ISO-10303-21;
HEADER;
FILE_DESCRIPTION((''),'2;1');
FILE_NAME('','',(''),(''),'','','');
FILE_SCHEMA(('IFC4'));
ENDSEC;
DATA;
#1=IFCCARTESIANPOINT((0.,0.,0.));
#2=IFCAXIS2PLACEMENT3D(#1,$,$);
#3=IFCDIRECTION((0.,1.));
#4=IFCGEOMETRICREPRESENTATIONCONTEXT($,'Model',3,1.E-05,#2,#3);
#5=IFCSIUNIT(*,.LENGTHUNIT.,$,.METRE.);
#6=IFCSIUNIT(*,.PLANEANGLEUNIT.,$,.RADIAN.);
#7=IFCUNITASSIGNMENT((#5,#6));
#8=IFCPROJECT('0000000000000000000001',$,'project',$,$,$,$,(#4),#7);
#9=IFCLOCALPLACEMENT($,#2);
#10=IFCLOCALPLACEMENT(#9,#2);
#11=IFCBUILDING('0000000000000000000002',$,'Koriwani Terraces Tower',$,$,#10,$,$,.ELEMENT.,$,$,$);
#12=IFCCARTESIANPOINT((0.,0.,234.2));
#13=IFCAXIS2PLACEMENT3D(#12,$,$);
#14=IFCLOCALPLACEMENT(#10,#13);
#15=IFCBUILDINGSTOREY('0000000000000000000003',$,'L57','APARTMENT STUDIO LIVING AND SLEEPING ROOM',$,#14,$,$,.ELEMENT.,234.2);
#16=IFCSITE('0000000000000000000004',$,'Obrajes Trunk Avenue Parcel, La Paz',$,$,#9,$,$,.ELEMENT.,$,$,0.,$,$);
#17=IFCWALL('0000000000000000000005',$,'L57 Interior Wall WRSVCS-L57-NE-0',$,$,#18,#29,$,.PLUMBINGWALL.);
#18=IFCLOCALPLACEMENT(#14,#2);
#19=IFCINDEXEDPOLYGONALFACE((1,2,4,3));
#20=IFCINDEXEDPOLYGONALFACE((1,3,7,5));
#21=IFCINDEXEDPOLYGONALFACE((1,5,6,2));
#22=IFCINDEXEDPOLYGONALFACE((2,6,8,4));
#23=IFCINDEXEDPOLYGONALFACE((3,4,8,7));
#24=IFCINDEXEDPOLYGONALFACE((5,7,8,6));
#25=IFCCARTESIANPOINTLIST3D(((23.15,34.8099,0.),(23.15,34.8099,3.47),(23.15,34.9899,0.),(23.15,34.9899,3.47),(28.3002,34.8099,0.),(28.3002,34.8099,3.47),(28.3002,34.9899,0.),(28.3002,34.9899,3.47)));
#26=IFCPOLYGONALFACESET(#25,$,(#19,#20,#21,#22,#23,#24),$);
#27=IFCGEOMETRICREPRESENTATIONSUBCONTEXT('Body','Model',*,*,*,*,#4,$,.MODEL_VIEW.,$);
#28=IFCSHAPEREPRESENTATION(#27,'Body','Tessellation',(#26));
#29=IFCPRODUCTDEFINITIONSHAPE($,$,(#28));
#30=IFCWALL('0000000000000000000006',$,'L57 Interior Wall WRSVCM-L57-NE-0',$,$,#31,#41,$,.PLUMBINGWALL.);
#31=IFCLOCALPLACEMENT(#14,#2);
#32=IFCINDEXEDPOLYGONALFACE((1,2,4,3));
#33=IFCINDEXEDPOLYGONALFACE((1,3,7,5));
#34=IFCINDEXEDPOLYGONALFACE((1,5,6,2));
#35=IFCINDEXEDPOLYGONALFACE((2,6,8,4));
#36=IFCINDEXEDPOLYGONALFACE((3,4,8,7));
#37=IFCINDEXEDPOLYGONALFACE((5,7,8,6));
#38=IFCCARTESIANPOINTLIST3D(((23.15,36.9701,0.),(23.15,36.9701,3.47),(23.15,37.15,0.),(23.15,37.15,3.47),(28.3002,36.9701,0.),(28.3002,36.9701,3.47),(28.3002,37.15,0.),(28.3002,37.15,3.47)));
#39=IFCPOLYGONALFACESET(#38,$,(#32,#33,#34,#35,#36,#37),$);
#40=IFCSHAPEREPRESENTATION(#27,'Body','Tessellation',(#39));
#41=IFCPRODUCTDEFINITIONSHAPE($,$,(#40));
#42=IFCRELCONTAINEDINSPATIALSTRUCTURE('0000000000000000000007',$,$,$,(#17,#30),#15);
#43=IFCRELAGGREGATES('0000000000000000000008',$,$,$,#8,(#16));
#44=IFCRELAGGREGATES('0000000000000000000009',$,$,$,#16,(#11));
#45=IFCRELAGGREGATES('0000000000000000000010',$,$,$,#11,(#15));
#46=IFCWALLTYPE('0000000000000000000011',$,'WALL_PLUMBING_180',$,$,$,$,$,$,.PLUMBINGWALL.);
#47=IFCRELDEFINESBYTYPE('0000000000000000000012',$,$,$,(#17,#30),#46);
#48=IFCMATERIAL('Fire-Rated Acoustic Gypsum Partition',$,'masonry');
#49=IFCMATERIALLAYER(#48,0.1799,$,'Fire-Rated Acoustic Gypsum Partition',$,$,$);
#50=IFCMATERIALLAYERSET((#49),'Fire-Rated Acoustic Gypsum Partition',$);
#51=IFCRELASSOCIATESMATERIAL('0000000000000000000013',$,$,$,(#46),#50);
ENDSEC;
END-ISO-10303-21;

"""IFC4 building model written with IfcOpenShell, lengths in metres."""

from ifc_helpers import new_model, si_unit, direction, frame, frame_2d, origin, place, context, subcontext, project, spatial, rectangle, extrude, material, layer, layer_set, type_object, element, save


model = new_model("IFC4")

# Units and contexts
model_context = context("Model", 3, precision=1e-05, world=origin(), true_north=direction((0.0, 1.0)))
body_context = subcontext(model_context, "Body", "Model", "MODEL_VIEW")
ifc_project = project(units=[si_unit("LENGTHUNIT", "METRE"), si_unit("PLANEANGLEUNIT", "RADIAN")], contexts=[model_context])

# Site, building, storey
site_placement = place(None, origin())
site = spatial("IfcSite", under=ifc_project, at=site_placement, Name="Obrajes Trunk Avenue Parcel, La Paz", CompositionType="ELEMENT", RefElevation=0.0)
building_placement = place(site_placement, origin())
building = spatial("IfcBuilding", under=site, at=building_placement, Name="Koriwani Terraces Tower", CompositionType="ELEMENT")
storey_placement = place(building_placement, frame((0.0, 0.0, 234.2)))
storey = spatial("IfcBuildingStorey", under=building, at=storey_placement, Name="L57", Description="APARTMENT STUDIO LIVING AND SLEEPING ROOM", CompositionType="ELEMENT", Elevation=234.2)

# Shared definitions
ifc_material_1 = material(Name="Fire-Rated Acoustic Gypsum Partition", Category="masonry")
ifc_layer_1 = layer(ifc_material_1, 0.1799, Name="Fire-Rated Acoustic Gypsum Partition")
ifc_layer_set_1 = layer_set([ifc_layer_1], Name="Fire-Rated Acoustic Gypsum Partition")
wall_type_1 = type_object("IfcWallType", Name="WALL_PLUMBING_180", PredefinedType="PLUMBINGWALL", material=ifc_layer_set_1)

# Walls
for number, where, z_axis, x_axis, name in (
    (1, (23.1499, 34.8999, 0.0), (0.0, 0.0, 1.0), (1.0, 0.0, 0.0), "L57 Interior Wall WRSVCS-L57-NE-0"),
    (2, (23.1499, 37.0601, 0.0), (0.0, 0.0, 1.0), (1.0, 0.0, 0.0), "L57 Interior Wall WRSVCM-L57-NE-0"),
):
    element("IfcWall", number, at=place(storey_placement, frame(where, z_axis=z_axis, x_axis=x_axis)), inside=storey, type_object=wall_type_1, Name=name, PredefinedType="PLUMBINGWALL", context=body_context, shape_type="SweptSolid", body=[
        extrude(rectangle(XDim=5.1501, YDim=0.1799, at=frame_2d((2.5752, 0.0))), origin(), (0.0, 0.0, 1.0), 3.47),
    ])

save(model, "model.ifc")
